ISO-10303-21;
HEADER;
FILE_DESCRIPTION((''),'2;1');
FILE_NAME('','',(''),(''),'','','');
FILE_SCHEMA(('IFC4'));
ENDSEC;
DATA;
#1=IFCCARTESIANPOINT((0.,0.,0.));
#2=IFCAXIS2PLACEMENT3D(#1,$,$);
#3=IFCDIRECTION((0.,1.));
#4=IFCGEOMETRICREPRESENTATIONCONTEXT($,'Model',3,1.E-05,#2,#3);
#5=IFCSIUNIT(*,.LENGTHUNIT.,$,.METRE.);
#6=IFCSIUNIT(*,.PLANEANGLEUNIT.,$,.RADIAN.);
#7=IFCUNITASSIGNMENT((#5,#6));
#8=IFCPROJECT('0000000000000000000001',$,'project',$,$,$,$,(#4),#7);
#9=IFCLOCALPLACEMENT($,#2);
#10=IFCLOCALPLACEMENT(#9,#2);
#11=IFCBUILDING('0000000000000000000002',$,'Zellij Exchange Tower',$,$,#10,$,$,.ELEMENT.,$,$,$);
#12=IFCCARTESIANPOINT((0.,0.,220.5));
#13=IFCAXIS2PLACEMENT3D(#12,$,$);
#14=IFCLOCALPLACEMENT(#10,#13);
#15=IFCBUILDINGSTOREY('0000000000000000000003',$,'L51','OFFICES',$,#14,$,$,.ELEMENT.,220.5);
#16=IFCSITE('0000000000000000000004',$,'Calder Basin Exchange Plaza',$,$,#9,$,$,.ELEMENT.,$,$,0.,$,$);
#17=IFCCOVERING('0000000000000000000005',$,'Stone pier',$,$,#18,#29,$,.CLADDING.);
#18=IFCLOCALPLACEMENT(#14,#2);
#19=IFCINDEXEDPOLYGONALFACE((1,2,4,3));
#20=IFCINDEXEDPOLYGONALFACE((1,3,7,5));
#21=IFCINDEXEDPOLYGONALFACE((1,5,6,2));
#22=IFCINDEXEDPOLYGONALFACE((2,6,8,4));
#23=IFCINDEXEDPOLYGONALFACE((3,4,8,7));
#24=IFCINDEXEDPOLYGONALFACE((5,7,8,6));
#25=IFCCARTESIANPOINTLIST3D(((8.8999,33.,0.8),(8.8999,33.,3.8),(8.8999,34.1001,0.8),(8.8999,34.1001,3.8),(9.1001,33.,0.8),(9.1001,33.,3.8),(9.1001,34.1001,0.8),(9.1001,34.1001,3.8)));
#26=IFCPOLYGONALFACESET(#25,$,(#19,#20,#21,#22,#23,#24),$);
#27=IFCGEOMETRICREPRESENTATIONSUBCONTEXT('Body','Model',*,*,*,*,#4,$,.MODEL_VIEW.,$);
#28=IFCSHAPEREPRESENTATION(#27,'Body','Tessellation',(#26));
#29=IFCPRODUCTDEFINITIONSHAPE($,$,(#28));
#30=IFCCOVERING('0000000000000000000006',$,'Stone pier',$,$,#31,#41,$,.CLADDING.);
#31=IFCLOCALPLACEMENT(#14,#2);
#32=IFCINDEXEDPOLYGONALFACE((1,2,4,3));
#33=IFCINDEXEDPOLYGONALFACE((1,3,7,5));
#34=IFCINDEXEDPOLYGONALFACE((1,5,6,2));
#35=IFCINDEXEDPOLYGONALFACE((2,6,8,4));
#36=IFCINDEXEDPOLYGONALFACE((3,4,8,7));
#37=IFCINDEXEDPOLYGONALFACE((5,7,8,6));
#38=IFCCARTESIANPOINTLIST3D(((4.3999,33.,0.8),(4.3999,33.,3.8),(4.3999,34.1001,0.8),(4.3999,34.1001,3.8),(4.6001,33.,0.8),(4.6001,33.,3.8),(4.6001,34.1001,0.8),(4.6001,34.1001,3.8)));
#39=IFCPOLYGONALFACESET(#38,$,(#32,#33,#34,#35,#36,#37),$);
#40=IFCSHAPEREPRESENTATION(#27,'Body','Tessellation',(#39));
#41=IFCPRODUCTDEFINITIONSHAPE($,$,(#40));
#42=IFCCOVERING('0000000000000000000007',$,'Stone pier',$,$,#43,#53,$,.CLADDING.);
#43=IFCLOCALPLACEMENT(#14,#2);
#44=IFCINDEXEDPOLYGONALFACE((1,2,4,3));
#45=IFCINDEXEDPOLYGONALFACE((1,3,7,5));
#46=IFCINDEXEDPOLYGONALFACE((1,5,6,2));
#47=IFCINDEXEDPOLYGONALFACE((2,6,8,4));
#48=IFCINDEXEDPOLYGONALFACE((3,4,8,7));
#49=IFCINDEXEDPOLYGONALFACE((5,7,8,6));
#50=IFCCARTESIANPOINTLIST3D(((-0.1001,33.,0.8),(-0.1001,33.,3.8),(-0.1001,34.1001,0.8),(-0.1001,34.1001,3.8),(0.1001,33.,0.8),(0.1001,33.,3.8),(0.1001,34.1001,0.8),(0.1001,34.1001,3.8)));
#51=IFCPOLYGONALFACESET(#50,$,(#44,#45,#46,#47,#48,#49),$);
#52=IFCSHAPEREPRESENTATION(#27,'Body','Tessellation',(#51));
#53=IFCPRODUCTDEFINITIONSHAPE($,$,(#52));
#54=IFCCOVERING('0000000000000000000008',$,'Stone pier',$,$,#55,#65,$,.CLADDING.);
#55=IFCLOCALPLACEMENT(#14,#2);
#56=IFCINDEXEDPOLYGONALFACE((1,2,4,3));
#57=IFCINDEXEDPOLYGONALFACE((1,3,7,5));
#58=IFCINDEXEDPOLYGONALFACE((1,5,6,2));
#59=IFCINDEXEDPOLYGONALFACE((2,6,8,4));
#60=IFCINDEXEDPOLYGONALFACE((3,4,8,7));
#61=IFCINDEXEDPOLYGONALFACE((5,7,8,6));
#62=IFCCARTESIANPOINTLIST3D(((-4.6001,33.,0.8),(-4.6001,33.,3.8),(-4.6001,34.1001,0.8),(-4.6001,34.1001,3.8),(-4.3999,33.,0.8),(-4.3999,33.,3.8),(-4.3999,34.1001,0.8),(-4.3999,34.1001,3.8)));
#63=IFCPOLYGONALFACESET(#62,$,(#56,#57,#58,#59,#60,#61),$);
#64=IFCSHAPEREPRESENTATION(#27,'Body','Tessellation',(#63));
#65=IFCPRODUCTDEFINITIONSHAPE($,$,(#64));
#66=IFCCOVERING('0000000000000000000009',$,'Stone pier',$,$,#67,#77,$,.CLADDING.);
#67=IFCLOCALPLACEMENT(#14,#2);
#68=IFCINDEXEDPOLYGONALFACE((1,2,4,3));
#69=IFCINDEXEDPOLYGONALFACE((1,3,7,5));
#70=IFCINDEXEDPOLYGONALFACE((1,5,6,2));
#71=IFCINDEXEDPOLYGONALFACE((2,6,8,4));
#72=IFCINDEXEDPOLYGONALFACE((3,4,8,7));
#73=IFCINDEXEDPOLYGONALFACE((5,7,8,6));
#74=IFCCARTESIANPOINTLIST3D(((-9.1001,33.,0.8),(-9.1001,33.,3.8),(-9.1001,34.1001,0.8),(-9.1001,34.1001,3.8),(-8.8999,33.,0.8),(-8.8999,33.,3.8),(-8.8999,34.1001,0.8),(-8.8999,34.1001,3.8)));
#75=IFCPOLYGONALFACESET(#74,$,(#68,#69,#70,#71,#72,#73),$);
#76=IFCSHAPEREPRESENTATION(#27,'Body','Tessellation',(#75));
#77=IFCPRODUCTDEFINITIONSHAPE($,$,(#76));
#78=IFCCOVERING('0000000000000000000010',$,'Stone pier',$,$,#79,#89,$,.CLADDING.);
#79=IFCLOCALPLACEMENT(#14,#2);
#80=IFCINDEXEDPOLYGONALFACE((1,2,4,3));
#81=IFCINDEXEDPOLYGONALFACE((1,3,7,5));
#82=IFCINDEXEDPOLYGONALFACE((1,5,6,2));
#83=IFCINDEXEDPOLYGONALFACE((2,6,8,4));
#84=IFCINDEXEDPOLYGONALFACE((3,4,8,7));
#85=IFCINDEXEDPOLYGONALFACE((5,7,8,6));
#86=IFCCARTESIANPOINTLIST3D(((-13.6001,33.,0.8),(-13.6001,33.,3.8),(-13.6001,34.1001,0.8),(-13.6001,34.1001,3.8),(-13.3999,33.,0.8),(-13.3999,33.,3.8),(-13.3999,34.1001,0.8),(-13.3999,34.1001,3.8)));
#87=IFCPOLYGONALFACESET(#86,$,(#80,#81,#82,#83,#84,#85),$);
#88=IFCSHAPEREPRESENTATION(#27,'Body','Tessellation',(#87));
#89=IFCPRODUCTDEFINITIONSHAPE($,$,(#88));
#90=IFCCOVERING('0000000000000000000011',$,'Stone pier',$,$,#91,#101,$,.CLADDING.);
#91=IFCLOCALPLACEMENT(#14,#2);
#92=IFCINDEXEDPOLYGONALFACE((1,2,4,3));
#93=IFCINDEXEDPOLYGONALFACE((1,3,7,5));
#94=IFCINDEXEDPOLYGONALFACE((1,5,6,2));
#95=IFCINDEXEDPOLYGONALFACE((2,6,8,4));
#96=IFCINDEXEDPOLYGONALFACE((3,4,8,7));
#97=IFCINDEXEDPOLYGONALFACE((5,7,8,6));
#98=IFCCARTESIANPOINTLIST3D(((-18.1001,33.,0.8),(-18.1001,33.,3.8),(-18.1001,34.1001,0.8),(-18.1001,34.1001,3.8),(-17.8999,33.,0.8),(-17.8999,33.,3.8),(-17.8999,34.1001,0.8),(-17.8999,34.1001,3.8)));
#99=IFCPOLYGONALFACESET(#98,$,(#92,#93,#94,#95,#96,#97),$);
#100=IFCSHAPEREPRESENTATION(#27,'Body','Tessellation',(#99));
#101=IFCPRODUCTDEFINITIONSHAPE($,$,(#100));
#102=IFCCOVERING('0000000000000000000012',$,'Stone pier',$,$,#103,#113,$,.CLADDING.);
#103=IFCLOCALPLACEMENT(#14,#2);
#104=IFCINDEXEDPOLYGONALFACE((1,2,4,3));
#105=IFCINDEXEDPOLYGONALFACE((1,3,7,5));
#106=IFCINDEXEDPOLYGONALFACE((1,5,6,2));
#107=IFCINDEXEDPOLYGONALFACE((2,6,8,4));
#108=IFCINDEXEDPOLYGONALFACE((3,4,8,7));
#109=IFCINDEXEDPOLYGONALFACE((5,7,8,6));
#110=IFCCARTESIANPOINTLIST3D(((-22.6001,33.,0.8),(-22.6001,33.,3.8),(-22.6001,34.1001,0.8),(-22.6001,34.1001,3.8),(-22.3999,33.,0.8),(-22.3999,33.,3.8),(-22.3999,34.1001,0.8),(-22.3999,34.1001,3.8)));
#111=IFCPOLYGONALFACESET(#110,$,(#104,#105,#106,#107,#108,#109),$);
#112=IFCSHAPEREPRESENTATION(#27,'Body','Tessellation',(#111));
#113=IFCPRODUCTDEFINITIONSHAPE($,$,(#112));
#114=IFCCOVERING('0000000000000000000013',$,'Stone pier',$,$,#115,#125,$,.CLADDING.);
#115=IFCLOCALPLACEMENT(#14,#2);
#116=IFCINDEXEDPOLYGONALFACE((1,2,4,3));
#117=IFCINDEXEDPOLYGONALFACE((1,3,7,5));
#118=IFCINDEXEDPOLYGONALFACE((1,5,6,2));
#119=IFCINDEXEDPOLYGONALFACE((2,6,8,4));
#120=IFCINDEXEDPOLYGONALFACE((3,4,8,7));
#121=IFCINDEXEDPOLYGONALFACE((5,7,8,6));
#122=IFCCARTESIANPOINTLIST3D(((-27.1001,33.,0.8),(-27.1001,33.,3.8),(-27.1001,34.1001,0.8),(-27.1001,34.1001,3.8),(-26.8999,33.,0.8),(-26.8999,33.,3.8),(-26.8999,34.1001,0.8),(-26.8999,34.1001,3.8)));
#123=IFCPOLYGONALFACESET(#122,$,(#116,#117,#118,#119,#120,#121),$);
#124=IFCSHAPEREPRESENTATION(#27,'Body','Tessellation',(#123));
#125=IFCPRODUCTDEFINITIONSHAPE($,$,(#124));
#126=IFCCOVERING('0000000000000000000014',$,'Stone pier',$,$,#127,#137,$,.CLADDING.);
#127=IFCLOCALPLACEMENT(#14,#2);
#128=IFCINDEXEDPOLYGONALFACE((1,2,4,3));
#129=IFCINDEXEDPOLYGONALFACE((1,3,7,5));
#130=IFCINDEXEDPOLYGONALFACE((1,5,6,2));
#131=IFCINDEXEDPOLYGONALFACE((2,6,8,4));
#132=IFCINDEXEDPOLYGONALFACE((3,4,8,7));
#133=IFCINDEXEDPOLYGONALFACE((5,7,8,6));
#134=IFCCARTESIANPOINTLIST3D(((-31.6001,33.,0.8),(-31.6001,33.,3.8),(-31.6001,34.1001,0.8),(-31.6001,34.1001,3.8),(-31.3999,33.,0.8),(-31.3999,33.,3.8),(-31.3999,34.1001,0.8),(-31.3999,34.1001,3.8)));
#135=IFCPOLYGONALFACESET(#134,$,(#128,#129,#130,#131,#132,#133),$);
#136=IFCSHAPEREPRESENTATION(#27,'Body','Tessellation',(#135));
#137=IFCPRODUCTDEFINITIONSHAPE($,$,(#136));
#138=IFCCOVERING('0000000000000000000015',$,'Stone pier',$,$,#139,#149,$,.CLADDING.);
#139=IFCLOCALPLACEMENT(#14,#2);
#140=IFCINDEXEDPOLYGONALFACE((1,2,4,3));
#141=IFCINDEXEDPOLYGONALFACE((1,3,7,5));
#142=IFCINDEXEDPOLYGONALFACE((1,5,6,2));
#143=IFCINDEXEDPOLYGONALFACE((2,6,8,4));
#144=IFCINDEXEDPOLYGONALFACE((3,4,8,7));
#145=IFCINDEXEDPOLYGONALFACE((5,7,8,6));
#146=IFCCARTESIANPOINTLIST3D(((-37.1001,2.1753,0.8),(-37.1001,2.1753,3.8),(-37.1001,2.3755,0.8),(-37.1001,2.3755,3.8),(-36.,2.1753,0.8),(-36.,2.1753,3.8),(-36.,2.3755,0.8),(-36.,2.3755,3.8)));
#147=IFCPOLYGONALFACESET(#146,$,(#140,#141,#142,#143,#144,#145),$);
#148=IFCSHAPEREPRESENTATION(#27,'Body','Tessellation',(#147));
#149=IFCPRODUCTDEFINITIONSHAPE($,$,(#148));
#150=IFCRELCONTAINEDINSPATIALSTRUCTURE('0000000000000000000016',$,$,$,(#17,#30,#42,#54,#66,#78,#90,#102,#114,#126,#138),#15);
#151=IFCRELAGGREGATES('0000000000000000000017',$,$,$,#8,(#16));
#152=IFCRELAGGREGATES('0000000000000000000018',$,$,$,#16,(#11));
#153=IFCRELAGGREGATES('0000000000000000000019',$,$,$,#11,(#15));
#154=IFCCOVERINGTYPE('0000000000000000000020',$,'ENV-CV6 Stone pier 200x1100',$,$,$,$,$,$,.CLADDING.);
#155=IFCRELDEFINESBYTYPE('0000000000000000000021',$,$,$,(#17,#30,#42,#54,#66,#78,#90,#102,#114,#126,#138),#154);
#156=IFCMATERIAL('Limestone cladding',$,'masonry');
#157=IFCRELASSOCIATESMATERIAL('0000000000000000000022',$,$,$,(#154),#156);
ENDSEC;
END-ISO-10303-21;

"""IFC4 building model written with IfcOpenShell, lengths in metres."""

from ifc_helpers import new_model, si_unit, direction, frame, origin, place, context, subcontext, project, spatial, polyline, outline, extrude, material, type_object, element, save


model = new_model("IFC4")

# Units and contexts
model_context = context("Model", 3, precision=1e-05, world=origin(), true_north=direction((0.0, 1.0)))
body_context = subcontext(model_context, "Body", "Model", "MODEL_VIEW")
ifc_project = project(units=[si_unit("LENGTHUNIT", "METRE"), si_unit("PLANEANGLEUNIT", "RADIAN")], contexts=[model_context])

# Site, building, storey
site_placement = place(None, origin())
site = spatial("IfcSite", under=ifc_project, at=site_placement, Name="Calder Basin Exchange Plaza", CompositionType="ELEMENT", RefElevation=0.0)
building_placement = place(site_placement, origin())
building = spatial("IfcBuilding", under=site, at=building_placement, Name="Zellij Exchange Tower", CompositionType="ELEMENT")
storey_placement = place(building_placement, frame((0.0, 0.0, 220.5)))
storey = spatial("IfcBuildingStorey", under=building, at=storey_placement, Name="L51", Description="OFFICES", CompositionType="ELEMENT", Elevation=220.5)

# Coverings
ifc_material_1 = material(Name="Limestone cladding", Category="masonry")
covering_type = type_object("IfcCoveringType", Name="ENV-CV6 Stone pier 200x1100", PredefinedType="CLADDING", material=ifc_material_1)
covering_1_placement = place(storey_placement, frame((0.0, 0.0, 0.8)))
element("IfcCovering", 1, at=covering_1_placement, inside=storey, type_object=covering_type, Name="Stone pier", PredefinedType="CLADDING", context=body_context, shape_type="SweptSolid", body=[
    extrude(outline(polyline([(9.1001, 33.0), (8.8999, 33.0), (8.8999, 34.1001), (9.1001, 34.1001), (9.1001, 33.0)])), origin(), (0.0, 0.0, 1.0), 3.0),
])
covering_2_placement = place(storey_placement, frame((0.0, 0.0, 0.8)))
element("IfcCovering", 2, at=covering_2_placement, inside=storey, type_object=covering_type, Name="Stone pier", PredefinedType="CLADDING", context=body_context, shape_type="SweptSolid", body=[
    extrude(outline(polyline([(4.6001, 33.0), (4.3999, 33.0), (4.3999, 34.1001), (4.6001, 34.1001), (4.6001, 33.0)])), origin(), (0.0, 0.0, 1.0), 3.0),
])
covering_3_placement = place(storey_placement, frame((0.0, 0.0, 0.8)))
element("IfcCovering", 3, at=covering_3_placement, inside=storey, type_object=covering_type, Name="Stone pier", PredefinedType="CLADDING", context=body_context, shape_type="SweptSolid", body=[
    extrude(outline(polyline([(0.1001, 33.0), (-0.1001, 33.0), (-0.1001, 34.1001), (0.1001, 34.1001), (0.1001, 33.0)])), origin(), (0.0, 0.0, 1.0), 3.0),
])
covering_4_placement = place(storey_placement, frame((0.0, 0.0, 0.8)))
element("IfcCovering", 4, at=covering_4_placement, inside=storey, type_object=covering_type, Name="Stone pier", PredefinedType="CLADDING", context=body_context, shape_type="SweptSolid", body=[
    extrude(outline(polyline([(-4.3999, 33.0), (-4.6001, 33.0), (-4.6001, 34.1001), (-4.3999, 34.1001), (-4.3999, 33.0)])), origin(), (0.0, 0.0, 1.0), 3.0),
])
covering_5_placement = place(storey_placement, frame((0.0, 0.0, 0.8)))
element("IfcCovering", 5, at=covering_5_placement, inside=storey, type_object=covering_type, Name="Stone pier", PredefinedType="CLADDING", context=body_context, shape_type="SweptSolid", body=[
    extrude(outline(polyline([(-8.8999, 33.0), (-9.1001, 33.0), (-9.1001, 34.1001), (-8.8999, 34.1001), (-8.8999, 33.0)])), origin(), (0.0, 0.0, 1.0), 3.0),
])
covering_6_placement = place(storey_placement, frame((0.0, 0.0, 0.8)))
element("IfcCovering", 6, at=covering_6_placement, inside=storey, type_object=covering_type, Name="Stone pier", PredefinedType="CLADDING", context=body_context, shape_type="SweptSolid", body=[
    extrude(outline(polyline([(-13.3999, 33.0), (-13.6001, 33.0), (-13.6001, 34.1001), (-13.3999, 34.1001), (-13.3999, 33.0)])), origin(), (0.0, 0.0, 1.0), 3.0),
])
covering_7_placement = place(storey_placement, frame((0.0, 0.0, 0.8)))
element("IfcCovering", 7, at=covering_7_placement, inside=storey, type_object=covering_type, Name="Stone pier", PredefinedType="CLADDING", context=body_context, shape_type="SweptSolid", body=[
    extrude(outline(polyline([(-17.8999, 33.0), (-18.1001, 33.0), (-18.1001, 34.1001), (-17.8999, 34.1001), (-17.8999, 33.0)])), origin(), (0.0, 0.0, 1.0), 3.0),
])
covering_8_placement = place(storey_placement, frame((0.0, 0.0, 0.8)))
element("IfcCovering", 8, at=covering_8_placement, inside=storey, type_object=covering_type, Name="Stone pier", PredefinedType="CLADDING", context=body_context, shape_type="SweptSolid", body=[
    extrude(outline(polyline([(-22.3999, 33.0), (-22.6001, 33.0), (-22.6001, 34.1001), (-22.3999, 34.1001), (-22.3999, 33.0)])), origin(), (0.0, 0.0, 1.0), 3.0),
])
covering_9_placement = place(storey_placement, frame((0.0, 0.0, 0.8)))
element("IfcCovering", 9, at=covering_9_placement, inside=storey, type_object=covering_type, Name="Stone pier", PredefinedType="CLADDING", context=body_context, shape_type="SweptSolid", body=[
    extrude(outline(polyline([(-26.8999, 33.0), (-27.1001, 33.0), (-27.1001, 34.1001), (-26.8999, 34.1001), (-26.8999, 33.0)])), origin(), (0.0, 0.0, 1.0), 3.0),
])
covering_10_placement = place(storey_placement, frame((0.0, 0.0, 0.8)))
element("IfcCovering", 10, at=covering_10_placement, inside=storey, type_object=covering_type, Name="Stone pier", PredefinedType="CLADDING", context=body_context, shape_type="SweptSolid", body=[
    extrude(outline(polyline([(-31.3999, 33.0), (-31.6001, 33.0), (-31.6001, 34.1001), (-31.3999, 34.1001), (-31.3999, 33.0)])), origin(), (0.0, 0.0, 1.0), 3.0),
])
covering_11_placement = place(storey_placement, frame((0.0, 0.0, 0.8)))
element("IfcCovering", 11, at=covering_11_placement, inside=storey, type_object=covering_type, Name="Stone pier", PredefinedType="CLADDING", context=body_context, shape_type="SweptSolid", body=[
    extrude(outline(polyline([(-36.0, 2.3755), (-36.0, 2.1753), (-37.1001, 2.1753), (-37.1001, 2.3755), (-36.0, 2.3755)])), origin(), (0.0, 0.0, 1.0), 3.0),
])

save(model, "model.ifc")
